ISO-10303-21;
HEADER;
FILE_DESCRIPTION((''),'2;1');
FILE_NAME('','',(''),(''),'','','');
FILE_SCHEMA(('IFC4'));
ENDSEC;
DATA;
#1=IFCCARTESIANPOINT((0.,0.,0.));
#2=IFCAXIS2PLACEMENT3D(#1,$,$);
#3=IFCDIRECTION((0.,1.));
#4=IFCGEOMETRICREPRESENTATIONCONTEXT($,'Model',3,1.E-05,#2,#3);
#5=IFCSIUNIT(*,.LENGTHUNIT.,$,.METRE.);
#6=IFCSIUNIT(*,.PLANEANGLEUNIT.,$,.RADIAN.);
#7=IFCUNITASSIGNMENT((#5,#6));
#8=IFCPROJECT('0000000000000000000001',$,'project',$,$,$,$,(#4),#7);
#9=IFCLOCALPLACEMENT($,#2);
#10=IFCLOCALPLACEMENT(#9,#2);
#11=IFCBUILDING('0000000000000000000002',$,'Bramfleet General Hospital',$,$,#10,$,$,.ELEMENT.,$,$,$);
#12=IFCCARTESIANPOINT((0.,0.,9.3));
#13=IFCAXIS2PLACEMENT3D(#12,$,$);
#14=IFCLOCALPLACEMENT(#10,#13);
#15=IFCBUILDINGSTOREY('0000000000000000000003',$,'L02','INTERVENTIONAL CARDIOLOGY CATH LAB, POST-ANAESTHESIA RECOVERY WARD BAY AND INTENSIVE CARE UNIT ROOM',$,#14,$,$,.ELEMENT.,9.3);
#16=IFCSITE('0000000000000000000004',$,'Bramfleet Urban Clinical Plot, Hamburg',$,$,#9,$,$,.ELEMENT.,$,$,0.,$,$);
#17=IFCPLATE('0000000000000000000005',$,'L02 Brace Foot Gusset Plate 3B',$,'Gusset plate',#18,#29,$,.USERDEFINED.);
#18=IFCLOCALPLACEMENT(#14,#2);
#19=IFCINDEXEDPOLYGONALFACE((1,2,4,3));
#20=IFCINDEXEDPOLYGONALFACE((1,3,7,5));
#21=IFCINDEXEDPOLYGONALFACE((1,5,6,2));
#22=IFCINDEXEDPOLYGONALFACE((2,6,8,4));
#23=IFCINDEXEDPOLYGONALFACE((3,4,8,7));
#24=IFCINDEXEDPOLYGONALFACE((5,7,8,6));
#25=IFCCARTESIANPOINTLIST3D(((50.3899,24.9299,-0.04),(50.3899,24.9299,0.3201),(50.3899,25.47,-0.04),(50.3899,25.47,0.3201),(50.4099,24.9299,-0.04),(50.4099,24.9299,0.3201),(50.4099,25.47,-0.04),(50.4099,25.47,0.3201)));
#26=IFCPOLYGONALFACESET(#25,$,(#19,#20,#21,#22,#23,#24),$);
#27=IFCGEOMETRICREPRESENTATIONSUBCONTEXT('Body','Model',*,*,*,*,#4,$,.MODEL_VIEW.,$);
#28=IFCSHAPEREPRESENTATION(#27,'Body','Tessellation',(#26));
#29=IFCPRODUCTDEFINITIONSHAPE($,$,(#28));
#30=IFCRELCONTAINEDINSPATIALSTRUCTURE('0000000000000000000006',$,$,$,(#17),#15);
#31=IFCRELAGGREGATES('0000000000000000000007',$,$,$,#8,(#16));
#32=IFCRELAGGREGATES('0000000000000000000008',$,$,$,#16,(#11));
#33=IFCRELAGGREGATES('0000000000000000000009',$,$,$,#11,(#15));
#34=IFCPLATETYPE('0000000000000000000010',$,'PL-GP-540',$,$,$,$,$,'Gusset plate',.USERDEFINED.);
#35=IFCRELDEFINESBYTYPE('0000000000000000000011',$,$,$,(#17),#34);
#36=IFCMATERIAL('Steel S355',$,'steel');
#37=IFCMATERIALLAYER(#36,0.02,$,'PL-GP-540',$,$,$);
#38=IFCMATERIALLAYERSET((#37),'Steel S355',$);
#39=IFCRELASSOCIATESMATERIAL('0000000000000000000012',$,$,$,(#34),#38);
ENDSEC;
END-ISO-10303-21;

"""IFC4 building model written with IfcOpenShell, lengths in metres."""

from ifc_helpers import new_model, si_unit, direction, frame, origin, origin_2d, place, context, subcontext, project, spatial, rectangle, extrude, material, layer, layer_set, type_object, element, save


model = new_model("IFC4")

# Units and contexts
model_context = context("Model", 3, precision=1e-05, world=origin(), true_north=direction((0.0, 1.0)))
body_context = subcontext(model_context, "Body", "Model", "MODEL_VIEW")
ifc_project = project(units=[si_unit("LENGTHUNIT", "METRE"), si_unit("PLANEANGLEUNIT", "RADIAN")], contexts=[model_context])

# Site, building, storey
site_placement = place(None, origin())
site = spatial("IfcSite", under=ifc_project, at=site_placement, Name="Bramfleet Urban Clinical Plot, Hamburg", CompositionType="ELEMENT", RefElevation=0.0)
building_placement = place(site_placement, origin())
building = spatial("IfcBuilding", under=site, at=building_placement, Name="Bramfleet General Hospital", CompositionType="ELEMENT")
storey_placement = place(building_placement, frame((0.0, 0.0, 9.3)))
storey = spatial("IfcBuildingStorey", under=building, at=storey_placement, Name="L02", Description="INTERVENTIONAL CARDIOLOGY CATH LAB, POST-ANAESTHESIA RECOVERY WARD BAY AND INTENSIVE CARE UNIT ROOM", CompositionType="ELEMENT", Elevation=9.3)

# Shared definitions
ifc_material_1 = material(Name="Steel S355", Category="steel")

# Plate
ifc_layer_1 = layer(ifc_material_1, 0.02, Name="PL-GP-540")
ifc_layer_set_1 = layer_set([ifc_layer_1], Name="Steel S355")
plate_type_1 = type_object("IfcPlateType", Name="PL-GP-540", ElementType="Gusset plate", PredefinedType="USERDEFINED", material=ifc_layer_set_1)
plate_1_placement = place(storey_placement, frame((50.3999, 25.2, -0.04), z_axis=(0.0, 0.0, 1.0), x_axis=(1.0, 0.0, 0.0)))
element("IfcPlate", 1, at=plate_1_placement, inside=storey, type_object=plate_type_1, Name="L02 Brace Foot Gusset Plate 3B", ObjectType="Gusset plate", PredefinedType="USERDEFINED", context=body_context, shape_type="SweptSolid", body=[
    extrude(rectangle(XDim=0.02, YDim=0.54, at=origin_2d()), origin(), (0.0, 0.0, 1.0), 0.3601),
])

save(model, "model.ifc")
